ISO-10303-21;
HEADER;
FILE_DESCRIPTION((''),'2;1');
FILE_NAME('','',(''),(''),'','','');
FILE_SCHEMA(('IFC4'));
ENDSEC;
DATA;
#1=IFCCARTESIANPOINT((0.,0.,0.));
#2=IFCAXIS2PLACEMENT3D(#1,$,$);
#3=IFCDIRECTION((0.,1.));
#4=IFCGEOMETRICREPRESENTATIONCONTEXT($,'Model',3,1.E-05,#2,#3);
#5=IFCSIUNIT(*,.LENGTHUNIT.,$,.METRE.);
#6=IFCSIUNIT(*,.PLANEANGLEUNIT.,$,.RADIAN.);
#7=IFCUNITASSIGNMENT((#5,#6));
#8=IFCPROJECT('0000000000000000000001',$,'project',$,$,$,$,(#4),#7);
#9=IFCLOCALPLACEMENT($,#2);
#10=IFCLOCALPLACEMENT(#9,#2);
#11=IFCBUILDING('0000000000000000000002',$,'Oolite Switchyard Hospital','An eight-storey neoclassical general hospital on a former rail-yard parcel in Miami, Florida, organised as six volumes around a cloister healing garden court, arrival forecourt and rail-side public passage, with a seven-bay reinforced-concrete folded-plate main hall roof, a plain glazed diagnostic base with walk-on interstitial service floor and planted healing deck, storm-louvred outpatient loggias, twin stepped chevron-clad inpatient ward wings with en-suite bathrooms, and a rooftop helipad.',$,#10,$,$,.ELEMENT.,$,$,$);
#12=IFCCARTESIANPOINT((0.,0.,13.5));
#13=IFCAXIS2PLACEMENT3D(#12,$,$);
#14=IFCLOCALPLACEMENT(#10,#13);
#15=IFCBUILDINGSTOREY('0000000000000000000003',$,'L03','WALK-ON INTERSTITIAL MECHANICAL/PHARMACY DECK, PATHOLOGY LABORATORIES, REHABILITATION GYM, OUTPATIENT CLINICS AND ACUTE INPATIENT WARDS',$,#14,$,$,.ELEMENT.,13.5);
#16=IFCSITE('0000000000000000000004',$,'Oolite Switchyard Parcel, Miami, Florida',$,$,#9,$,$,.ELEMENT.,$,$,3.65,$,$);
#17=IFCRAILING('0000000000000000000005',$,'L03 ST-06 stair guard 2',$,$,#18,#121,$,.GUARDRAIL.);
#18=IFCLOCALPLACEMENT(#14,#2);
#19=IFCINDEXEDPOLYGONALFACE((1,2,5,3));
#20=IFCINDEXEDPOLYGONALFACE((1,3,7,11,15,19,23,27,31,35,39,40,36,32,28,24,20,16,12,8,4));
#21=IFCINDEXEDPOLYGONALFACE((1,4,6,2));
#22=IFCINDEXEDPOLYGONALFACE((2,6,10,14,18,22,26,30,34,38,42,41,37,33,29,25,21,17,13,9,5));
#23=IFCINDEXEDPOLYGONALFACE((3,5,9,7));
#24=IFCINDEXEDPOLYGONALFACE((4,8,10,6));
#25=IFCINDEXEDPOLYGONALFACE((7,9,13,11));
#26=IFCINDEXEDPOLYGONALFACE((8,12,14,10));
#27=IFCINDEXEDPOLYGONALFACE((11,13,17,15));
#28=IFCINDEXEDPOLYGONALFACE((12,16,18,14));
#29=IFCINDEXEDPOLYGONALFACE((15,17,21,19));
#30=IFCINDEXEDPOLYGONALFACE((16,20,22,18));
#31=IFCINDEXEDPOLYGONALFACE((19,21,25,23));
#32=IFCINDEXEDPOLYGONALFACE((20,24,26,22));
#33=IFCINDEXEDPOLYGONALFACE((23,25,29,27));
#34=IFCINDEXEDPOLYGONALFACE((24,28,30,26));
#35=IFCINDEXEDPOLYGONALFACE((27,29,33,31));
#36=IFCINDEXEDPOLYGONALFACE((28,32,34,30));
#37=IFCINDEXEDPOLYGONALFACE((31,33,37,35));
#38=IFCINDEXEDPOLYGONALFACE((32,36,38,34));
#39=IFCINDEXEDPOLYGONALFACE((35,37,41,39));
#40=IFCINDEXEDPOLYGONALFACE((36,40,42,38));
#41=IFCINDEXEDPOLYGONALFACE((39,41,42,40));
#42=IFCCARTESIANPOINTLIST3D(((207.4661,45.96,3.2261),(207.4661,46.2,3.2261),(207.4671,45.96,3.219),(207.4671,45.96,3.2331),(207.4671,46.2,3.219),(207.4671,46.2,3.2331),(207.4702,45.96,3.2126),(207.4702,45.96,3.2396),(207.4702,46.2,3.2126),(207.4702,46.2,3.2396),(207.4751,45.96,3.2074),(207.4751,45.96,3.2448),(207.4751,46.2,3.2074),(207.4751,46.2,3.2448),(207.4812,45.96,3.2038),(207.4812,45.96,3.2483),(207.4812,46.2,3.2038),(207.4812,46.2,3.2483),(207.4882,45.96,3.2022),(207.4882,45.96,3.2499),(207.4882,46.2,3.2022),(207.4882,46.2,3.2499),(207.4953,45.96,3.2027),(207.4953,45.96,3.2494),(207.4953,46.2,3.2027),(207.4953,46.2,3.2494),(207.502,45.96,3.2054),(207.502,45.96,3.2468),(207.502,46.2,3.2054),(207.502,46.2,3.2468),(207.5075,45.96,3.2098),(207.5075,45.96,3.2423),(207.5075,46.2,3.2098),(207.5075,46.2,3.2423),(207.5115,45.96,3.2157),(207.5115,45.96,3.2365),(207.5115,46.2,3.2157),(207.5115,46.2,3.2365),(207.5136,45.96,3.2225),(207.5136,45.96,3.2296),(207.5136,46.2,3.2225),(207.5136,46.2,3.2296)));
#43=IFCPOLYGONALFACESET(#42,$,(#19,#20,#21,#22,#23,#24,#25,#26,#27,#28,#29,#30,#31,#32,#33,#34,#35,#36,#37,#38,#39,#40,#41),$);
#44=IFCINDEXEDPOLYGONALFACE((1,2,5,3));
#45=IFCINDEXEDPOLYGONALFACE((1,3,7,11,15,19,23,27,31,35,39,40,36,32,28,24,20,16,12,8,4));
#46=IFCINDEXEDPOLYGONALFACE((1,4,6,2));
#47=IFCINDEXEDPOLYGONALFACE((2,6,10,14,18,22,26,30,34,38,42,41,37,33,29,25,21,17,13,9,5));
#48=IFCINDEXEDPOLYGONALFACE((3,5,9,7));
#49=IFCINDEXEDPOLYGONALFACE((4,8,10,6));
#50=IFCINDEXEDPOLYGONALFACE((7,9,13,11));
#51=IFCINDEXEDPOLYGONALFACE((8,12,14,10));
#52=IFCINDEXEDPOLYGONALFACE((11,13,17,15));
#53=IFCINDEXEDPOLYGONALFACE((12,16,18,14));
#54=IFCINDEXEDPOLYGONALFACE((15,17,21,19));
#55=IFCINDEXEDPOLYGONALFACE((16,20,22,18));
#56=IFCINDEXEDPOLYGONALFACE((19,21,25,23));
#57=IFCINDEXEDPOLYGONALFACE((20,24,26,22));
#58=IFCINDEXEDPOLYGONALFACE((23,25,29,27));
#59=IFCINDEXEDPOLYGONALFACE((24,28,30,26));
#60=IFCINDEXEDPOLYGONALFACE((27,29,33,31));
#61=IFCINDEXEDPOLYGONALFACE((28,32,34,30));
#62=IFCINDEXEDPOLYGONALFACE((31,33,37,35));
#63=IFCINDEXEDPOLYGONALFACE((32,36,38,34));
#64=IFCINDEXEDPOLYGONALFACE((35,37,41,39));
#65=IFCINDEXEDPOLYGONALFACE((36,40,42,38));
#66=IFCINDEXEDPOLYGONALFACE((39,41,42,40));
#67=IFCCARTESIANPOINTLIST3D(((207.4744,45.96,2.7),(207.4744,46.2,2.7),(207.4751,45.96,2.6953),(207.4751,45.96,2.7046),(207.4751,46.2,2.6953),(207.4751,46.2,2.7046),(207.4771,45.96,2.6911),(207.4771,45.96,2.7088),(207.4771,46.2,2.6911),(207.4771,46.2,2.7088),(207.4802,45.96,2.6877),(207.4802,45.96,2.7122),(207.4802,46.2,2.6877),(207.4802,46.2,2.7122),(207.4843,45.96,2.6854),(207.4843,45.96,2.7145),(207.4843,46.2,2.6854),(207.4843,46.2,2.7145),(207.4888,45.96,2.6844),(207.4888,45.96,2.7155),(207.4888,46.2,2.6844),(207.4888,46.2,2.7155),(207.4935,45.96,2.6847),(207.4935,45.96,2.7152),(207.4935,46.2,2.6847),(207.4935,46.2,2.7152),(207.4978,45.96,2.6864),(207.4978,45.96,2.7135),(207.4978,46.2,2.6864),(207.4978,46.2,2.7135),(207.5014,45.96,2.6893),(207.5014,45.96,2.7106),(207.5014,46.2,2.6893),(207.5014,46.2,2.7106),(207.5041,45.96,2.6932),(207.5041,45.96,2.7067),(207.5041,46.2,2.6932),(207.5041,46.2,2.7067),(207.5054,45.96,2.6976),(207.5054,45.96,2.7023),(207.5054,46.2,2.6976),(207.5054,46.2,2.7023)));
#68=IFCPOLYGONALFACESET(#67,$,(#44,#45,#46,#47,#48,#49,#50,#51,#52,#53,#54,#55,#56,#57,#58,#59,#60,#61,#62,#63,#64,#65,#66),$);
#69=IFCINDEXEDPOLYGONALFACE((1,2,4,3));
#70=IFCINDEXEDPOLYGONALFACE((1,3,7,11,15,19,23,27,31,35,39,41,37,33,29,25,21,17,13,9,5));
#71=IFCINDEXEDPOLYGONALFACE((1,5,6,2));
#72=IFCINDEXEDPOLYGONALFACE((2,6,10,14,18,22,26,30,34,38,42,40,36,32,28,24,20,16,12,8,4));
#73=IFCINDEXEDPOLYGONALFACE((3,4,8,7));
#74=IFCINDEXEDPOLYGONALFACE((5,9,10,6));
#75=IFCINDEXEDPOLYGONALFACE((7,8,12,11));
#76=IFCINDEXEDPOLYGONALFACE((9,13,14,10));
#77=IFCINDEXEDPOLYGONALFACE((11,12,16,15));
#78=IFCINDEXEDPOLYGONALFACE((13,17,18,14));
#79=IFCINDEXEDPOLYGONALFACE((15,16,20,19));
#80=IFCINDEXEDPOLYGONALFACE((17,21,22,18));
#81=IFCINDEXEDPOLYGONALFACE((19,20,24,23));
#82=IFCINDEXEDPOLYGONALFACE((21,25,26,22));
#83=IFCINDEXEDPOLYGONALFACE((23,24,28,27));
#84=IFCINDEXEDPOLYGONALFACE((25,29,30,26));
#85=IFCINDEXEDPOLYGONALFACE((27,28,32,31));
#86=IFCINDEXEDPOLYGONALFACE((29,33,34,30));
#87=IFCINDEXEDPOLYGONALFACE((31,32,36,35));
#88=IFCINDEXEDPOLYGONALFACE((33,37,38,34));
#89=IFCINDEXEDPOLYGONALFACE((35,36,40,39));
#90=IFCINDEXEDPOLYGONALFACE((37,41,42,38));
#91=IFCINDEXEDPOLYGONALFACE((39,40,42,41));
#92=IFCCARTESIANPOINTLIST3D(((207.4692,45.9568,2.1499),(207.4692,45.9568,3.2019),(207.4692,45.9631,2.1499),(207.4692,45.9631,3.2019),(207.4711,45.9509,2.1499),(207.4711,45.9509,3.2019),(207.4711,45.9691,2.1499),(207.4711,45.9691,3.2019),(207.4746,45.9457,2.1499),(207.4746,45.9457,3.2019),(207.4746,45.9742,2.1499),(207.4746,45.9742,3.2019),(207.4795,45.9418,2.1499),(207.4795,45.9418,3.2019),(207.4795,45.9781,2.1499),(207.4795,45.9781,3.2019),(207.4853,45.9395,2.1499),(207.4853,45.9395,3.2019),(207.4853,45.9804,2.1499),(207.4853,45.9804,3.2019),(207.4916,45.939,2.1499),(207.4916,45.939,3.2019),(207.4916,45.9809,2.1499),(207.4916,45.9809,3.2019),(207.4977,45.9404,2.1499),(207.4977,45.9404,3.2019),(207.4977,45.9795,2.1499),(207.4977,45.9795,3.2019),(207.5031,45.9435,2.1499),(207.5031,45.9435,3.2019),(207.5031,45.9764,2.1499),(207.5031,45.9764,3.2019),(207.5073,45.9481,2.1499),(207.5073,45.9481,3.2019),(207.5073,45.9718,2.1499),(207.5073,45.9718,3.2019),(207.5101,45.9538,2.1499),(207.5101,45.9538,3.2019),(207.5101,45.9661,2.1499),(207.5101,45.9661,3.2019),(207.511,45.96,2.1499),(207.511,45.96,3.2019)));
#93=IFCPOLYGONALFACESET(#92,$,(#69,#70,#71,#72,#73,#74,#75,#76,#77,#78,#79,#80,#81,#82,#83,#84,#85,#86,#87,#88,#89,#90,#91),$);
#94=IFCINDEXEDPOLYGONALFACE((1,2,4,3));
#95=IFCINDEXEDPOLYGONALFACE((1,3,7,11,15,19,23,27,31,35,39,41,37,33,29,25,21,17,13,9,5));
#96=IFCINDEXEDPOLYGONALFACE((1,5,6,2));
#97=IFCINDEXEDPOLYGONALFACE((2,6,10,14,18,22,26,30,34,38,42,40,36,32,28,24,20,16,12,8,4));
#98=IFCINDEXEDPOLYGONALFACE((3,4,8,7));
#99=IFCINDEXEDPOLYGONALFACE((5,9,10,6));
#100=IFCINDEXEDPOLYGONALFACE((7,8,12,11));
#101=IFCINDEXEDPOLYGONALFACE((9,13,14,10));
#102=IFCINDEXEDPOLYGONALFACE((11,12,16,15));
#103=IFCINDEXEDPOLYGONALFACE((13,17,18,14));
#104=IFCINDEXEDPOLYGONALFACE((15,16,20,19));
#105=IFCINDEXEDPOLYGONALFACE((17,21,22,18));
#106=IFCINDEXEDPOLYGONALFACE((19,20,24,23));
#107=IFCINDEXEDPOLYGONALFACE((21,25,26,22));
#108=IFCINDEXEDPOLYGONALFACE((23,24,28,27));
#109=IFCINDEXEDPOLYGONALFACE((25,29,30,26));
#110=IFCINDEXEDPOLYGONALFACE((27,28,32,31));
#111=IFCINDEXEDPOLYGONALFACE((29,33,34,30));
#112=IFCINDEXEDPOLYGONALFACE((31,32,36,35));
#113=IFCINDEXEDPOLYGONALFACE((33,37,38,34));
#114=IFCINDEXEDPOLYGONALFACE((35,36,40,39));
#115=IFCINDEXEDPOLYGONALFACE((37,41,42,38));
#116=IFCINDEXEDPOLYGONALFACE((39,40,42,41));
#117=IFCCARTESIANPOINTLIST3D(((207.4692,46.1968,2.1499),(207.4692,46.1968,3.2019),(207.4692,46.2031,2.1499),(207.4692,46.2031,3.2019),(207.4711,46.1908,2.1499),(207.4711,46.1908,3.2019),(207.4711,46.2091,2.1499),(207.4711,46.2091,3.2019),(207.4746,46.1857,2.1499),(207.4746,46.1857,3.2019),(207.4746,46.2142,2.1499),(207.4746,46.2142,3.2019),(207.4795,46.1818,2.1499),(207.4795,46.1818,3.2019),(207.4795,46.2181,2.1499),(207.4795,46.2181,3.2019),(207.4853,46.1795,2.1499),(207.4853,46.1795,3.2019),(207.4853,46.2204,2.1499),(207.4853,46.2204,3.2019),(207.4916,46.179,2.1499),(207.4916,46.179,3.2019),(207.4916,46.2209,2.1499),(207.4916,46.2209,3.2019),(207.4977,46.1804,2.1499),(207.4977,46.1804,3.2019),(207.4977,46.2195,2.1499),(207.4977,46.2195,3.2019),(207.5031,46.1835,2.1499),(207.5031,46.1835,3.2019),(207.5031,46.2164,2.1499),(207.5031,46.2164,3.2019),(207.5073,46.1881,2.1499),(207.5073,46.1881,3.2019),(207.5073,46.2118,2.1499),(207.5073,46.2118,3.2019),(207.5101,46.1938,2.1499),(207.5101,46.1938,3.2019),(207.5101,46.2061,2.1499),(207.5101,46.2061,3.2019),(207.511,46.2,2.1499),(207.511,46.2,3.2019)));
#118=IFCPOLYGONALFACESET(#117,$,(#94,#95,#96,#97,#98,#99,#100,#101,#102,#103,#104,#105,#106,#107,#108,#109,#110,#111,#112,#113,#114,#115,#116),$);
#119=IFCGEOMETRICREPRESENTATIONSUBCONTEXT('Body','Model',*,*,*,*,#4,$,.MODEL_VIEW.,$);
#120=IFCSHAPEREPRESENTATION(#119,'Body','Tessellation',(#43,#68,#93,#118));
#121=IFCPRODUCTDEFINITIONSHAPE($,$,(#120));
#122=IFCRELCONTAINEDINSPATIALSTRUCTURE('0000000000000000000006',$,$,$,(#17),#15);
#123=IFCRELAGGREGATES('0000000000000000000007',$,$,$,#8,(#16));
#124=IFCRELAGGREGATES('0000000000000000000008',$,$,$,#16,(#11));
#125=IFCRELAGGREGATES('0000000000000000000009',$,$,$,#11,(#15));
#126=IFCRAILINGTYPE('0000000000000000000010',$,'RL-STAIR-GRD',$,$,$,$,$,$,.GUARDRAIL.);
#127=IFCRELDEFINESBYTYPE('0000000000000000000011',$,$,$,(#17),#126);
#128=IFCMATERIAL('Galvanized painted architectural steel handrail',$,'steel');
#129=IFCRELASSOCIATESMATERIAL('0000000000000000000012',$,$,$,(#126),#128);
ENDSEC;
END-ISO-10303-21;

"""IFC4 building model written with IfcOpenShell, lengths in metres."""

from ifc_helpers import new_model, si_unit, direction, frame, origin, origin_2d, place, context, subcontext, project, spatial, circle, extrude, material, type_object, element, save


model = new_model("IFC4")

# Units and contexts
model_context = context("Model", 3, precision=1e-05, world=origin(), true_north=direction((0.0, 1.0)))
body_context = subcontext(model_context, "Body", "Model", "MODEL_VIEW")
ifc_project = project(units=[si_unit("LENGTHUNIT", "METRE"), si_unit("PLANEANGLEUNIT", "RADIAN")], contexts=[model_context])

# Site, building, storey
site_placement = place(None, origin())
site = spatial("IfcSite", under=ifc_project, at=site_placement, Name="Oolite Switchyard Parcel, Miami, Florida", CompositionType="ELEMENT", RefElevation=3.65)
building_placement = place(site_placement, origin())
building = spatial("IfcBuilding", under=site, at=building_placement, Name="Oolite Switchyard Hospital", Description="An eight-storey neoclassical general hospital on a former rail-yard parcel in Miami, Florida, organised as six volumes around a cloister healing garden court, arrival forecourt and rail-side public passage, with a seven-bay reinforced-concrete folded-plate main hall roof, a plain glazed diagnostic base with walk-on interstitial service floor and planted healing deck, storm-louvred outpatient loggias, twin stepped chevron-clad inpatient ward wings with en-suite bathrooms, and a rooftop helipad.", CompositionType="ELEMENT")
storey_placement = place(building_placement, frame((0.0, 0.0, 13.5)))
storey = spatial("IfcBuildingStorey", under=building, at=storey_placement, Name="L03", Description="WALK-ON INTERSTITIAL MECHANICAL/PHARMACY DECK, PATHOLOGY LABORATORIES, REHABILITATION GYM, OUTPATIENT CLINICS AND ACUTE INPATIENT WARDS", CompositionType="ELEMENT", Elevation=13.5)

# Railing
ifc_material_1 = material(Name="Galvanized painted architectural steel handrail", Category="steel")
railing_type_1 = type_object("IfcRailingType", Name="RL-STAIR-GRD", PredefinedType="GUARDRAIL", material=ifc_material_1)
railing_1_placement = place(storey_placement, frame((207.49, 45.96, 2.1499)))
element("IfcRailing", 1, at=railing_1_placement, inside=storey, type_object=railing_type_1, Name="L03 ST-06 stair guard 2", PredefinedType="GUARDRAIL", context=body_context, shape_type="SweptSolid", body=[
    extrude(circle(Radius=0.0239, at=origin_2d()), frame((0.0, 0.0, 1.0762), z_axis=(0.0, 1.0, 0.0), x_axis=(-1.0, 0.0, 0.0)), (0.0, 0.0, 1.0), 0.24),
    extrude(circle(Radius=0.0156, at=origin_2d()), frame((0.0, 0.0, 0.55), z_axis=(0.0, 1.0, 0.0), x_axis=(-1.0, 0.0, 0.0)), (0.0, 0.0, 1.0), 0.24),
    extrude(circle(Radius=0.021, at=origin_2d()), origin(), (0.0, 0.0, 1.0), 1.052),
    extrude(circle(Radius=0.021, at=origin_2d()), frame((0.0, 0.24, 0.0)), (0.0, 0.0, 1.0), 1.052),
])

save(model, "model.ifc")
